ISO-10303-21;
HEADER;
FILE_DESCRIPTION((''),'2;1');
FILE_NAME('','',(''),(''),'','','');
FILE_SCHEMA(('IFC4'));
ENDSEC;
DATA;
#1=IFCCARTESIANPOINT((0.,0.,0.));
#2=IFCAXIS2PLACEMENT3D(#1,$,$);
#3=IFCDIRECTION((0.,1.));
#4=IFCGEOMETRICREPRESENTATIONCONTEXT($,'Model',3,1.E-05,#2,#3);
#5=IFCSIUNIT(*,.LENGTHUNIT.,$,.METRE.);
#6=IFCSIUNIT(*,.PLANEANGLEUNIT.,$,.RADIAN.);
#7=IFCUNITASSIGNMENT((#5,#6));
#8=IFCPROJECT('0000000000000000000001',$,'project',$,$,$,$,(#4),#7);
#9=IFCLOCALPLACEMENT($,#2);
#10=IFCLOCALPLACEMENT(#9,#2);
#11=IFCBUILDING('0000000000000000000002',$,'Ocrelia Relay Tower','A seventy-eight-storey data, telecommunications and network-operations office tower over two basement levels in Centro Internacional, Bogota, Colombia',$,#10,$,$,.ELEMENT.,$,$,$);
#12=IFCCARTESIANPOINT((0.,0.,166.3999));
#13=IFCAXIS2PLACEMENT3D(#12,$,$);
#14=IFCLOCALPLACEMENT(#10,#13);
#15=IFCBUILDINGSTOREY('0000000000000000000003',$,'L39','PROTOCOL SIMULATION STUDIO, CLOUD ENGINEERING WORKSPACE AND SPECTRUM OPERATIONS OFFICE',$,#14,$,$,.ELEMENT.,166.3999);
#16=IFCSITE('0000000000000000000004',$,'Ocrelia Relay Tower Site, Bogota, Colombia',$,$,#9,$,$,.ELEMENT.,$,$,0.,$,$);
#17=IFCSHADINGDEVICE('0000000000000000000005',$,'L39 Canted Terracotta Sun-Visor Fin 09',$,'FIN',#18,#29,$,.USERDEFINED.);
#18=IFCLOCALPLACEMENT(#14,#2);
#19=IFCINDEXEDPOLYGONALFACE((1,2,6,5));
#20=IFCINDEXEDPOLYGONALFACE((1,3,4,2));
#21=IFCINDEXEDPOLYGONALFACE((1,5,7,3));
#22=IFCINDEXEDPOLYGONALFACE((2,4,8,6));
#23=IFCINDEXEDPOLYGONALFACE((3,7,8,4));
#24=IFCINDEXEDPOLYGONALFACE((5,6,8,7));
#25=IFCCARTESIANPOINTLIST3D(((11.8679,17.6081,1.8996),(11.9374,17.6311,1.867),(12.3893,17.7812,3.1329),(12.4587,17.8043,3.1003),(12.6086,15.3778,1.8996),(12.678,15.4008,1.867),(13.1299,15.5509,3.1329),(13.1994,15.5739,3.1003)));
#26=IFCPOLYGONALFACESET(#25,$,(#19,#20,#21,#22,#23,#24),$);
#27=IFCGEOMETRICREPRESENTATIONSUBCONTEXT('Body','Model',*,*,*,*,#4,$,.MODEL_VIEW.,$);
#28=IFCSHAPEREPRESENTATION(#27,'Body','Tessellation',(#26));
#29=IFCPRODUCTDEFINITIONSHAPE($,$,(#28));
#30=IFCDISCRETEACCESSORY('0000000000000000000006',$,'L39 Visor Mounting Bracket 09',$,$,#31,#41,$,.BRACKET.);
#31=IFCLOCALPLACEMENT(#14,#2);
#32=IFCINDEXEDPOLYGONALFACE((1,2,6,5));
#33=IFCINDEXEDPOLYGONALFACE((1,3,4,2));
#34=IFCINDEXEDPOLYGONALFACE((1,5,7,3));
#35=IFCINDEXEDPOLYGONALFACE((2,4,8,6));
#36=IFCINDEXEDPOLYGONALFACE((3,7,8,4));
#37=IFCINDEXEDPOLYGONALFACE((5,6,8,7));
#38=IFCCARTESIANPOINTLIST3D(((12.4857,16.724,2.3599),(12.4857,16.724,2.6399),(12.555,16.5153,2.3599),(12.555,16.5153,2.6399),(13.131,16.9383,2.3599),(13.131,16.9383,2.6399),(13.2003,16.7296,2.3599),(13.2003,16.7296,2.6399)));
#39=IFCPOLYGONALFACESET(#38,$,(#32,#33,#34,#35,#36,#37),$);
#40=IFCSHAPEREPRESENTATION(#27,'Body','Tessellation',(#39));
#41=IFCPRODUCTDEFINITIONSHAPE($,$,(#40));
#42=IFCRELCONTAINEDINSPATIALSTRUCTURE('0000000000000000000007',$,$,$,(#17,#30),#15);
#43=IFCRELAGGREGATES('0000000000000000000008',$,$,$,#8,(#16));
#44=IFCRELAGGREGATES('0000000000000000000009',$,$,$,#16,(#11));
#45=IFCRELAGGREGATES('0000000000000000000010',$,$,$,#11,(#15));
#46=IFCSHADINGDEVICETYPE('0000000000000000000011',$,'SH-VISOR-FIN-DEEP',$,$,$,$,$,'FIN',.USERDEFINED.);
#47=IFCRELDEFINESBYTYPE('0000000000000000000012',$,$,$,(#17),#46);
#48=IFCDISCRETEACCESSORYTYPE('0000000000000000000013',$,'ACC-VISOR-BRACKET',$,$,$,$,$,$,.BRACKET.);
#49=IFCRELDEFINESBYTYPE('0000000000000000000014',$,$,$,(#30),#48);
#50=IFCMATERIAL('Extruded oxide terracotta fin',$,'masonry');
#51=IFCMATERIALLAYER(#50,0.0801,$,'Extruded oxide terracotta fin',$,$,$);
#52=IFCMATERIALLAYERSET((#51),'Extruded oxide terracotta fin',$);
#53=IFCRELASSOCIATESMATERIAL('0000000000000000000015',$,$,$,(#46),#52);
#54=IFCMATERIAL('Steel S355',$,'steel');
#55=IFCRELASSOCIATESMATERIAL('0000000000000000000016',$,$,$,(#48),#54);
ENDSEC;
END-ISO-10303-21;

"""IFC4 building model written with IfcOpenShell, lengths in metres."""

from ifc_helpers import new_model, si_unit, direction, frame, origin, origin_2d, place, context, subcontext, project, spatial, rectangle, extrude, material, layer, layer_set, type_object, element, save


model = new_model("IFC4")

# Units and contexts
model_context = context("Model", 3, precision=1e-05, world=origin(), true_north=direction((0.0, 1.0)))
body_context = subcontext(model_context, "Body", "Model", "MODEL_VIEW")
ifc_project = project(units=[si_unit("LENGTHUNIT", "METRE"), si_unit("PLANEANGLEUNIT", "RADIAN")], contexts=[model_context])

# Site, building, storey
site_placement = place(None, origin())
site = spatial("IfcSite", under=ifc_project, at=site_placement, Name="Ocrelia Relay Tower Site, Bogota, Colombia", CompositionType="ELEMENT", RefElevation=0.0)
building_placement = place(site_placement, origin())
building = spatial("IfcBuilding", under=site, at=building_placement, Name="Ocrelia Relay Tower", Description="A seventy-eight-storey data, telecommunications and network-operations office tower over two basement levels in Centro Internacional, Bogota, Colombia", CompositionType="ELEMENT")
storey_placement = place(building_placement, frame((0.0, 0.0, 166.3999)))
storey = spatial("IfcBuildingStorey", under=building, at=storey_placement, Name="L39", Description="PROTOCOL SIMULATION STUDIO, CLOUD ENGINEERING WORKSPACE AND SPECTRUM OPERATIONS OFFICE", CompositionType="ELEMENT", Elevation=166.3999)

# Shading device
ifc_material_1 = material(Name="Extruded oxide terracotta fin", Category="masonry")
ifc_layer_1 = layer(ifc_material_1, 0.0801, Name="Extruded oxide terracotta fin")
ifc_layer_set_1 = layer_set([ifc_layer_1], Name="Extruded oxide terracotta fin")
shading_device_type = type_object("IfcShadingDeviceType", Name="SH-VISOR-FIN-DEEP", ElementType="FIN", PredefinedType="USERDEFINED", material=ifc_layer_set_1)
shading_device_placement = place(storey_placement, frame((12.5684, 16.6025, 2.4836), z_axis=(-0.866926, -0.28788, 0.406896), x_axis=(0.315148, -0.949042, 0.0)))
element("IfcShadingDevice", 1, at=shading_device_placement, inside=storey, type_object=shading_device_type, Name="L39 Canted Terracotta Sun-Visor Fin 09", ObjectType="FIN", PredefinedType="USERDEFINED", context=body_context, shape_type="SweptSolid", body=[
    extrude(rectangle(XDim=2.3501, YDim=1.3501, at=origin_2d()), origin(), (0.0, 0.0, 1.0), 0.0801),
])

# Discrete accessory
ifc_material_2 = material(Name="Steel S355", Category="steel")
discrete_accessory_type = type_object("IfcDiscreteAccessoryType", Name="ACC-VISOR-BRACKET", PredefinedType="BRACKET", material=ifc_material_2)
discrete_accessory_placement = place(storey_placement, frame((12.843, 16.7268, 2.3599), z_axis=(0.0, 0.0, 1.0), x_axis=(0.315148, -0.949042, 0.0)))
element("IfcDiscreteAccessory", 2, at=discrete_accessory_placement, inside=storey, type_object=discrete_accessory_type, Name="L39 Visor Mounting Bracket 09", PredefinedType="BRACKET", context=body_context, shape_type="SweptSolid", body=[
    extrude(rectangle(XDim=0.22, YDim=0.6799, at=origin_2d()), origin(), (0.0, 0.0, 1.0), 0.28),
])

save(model, "model.ifc")
